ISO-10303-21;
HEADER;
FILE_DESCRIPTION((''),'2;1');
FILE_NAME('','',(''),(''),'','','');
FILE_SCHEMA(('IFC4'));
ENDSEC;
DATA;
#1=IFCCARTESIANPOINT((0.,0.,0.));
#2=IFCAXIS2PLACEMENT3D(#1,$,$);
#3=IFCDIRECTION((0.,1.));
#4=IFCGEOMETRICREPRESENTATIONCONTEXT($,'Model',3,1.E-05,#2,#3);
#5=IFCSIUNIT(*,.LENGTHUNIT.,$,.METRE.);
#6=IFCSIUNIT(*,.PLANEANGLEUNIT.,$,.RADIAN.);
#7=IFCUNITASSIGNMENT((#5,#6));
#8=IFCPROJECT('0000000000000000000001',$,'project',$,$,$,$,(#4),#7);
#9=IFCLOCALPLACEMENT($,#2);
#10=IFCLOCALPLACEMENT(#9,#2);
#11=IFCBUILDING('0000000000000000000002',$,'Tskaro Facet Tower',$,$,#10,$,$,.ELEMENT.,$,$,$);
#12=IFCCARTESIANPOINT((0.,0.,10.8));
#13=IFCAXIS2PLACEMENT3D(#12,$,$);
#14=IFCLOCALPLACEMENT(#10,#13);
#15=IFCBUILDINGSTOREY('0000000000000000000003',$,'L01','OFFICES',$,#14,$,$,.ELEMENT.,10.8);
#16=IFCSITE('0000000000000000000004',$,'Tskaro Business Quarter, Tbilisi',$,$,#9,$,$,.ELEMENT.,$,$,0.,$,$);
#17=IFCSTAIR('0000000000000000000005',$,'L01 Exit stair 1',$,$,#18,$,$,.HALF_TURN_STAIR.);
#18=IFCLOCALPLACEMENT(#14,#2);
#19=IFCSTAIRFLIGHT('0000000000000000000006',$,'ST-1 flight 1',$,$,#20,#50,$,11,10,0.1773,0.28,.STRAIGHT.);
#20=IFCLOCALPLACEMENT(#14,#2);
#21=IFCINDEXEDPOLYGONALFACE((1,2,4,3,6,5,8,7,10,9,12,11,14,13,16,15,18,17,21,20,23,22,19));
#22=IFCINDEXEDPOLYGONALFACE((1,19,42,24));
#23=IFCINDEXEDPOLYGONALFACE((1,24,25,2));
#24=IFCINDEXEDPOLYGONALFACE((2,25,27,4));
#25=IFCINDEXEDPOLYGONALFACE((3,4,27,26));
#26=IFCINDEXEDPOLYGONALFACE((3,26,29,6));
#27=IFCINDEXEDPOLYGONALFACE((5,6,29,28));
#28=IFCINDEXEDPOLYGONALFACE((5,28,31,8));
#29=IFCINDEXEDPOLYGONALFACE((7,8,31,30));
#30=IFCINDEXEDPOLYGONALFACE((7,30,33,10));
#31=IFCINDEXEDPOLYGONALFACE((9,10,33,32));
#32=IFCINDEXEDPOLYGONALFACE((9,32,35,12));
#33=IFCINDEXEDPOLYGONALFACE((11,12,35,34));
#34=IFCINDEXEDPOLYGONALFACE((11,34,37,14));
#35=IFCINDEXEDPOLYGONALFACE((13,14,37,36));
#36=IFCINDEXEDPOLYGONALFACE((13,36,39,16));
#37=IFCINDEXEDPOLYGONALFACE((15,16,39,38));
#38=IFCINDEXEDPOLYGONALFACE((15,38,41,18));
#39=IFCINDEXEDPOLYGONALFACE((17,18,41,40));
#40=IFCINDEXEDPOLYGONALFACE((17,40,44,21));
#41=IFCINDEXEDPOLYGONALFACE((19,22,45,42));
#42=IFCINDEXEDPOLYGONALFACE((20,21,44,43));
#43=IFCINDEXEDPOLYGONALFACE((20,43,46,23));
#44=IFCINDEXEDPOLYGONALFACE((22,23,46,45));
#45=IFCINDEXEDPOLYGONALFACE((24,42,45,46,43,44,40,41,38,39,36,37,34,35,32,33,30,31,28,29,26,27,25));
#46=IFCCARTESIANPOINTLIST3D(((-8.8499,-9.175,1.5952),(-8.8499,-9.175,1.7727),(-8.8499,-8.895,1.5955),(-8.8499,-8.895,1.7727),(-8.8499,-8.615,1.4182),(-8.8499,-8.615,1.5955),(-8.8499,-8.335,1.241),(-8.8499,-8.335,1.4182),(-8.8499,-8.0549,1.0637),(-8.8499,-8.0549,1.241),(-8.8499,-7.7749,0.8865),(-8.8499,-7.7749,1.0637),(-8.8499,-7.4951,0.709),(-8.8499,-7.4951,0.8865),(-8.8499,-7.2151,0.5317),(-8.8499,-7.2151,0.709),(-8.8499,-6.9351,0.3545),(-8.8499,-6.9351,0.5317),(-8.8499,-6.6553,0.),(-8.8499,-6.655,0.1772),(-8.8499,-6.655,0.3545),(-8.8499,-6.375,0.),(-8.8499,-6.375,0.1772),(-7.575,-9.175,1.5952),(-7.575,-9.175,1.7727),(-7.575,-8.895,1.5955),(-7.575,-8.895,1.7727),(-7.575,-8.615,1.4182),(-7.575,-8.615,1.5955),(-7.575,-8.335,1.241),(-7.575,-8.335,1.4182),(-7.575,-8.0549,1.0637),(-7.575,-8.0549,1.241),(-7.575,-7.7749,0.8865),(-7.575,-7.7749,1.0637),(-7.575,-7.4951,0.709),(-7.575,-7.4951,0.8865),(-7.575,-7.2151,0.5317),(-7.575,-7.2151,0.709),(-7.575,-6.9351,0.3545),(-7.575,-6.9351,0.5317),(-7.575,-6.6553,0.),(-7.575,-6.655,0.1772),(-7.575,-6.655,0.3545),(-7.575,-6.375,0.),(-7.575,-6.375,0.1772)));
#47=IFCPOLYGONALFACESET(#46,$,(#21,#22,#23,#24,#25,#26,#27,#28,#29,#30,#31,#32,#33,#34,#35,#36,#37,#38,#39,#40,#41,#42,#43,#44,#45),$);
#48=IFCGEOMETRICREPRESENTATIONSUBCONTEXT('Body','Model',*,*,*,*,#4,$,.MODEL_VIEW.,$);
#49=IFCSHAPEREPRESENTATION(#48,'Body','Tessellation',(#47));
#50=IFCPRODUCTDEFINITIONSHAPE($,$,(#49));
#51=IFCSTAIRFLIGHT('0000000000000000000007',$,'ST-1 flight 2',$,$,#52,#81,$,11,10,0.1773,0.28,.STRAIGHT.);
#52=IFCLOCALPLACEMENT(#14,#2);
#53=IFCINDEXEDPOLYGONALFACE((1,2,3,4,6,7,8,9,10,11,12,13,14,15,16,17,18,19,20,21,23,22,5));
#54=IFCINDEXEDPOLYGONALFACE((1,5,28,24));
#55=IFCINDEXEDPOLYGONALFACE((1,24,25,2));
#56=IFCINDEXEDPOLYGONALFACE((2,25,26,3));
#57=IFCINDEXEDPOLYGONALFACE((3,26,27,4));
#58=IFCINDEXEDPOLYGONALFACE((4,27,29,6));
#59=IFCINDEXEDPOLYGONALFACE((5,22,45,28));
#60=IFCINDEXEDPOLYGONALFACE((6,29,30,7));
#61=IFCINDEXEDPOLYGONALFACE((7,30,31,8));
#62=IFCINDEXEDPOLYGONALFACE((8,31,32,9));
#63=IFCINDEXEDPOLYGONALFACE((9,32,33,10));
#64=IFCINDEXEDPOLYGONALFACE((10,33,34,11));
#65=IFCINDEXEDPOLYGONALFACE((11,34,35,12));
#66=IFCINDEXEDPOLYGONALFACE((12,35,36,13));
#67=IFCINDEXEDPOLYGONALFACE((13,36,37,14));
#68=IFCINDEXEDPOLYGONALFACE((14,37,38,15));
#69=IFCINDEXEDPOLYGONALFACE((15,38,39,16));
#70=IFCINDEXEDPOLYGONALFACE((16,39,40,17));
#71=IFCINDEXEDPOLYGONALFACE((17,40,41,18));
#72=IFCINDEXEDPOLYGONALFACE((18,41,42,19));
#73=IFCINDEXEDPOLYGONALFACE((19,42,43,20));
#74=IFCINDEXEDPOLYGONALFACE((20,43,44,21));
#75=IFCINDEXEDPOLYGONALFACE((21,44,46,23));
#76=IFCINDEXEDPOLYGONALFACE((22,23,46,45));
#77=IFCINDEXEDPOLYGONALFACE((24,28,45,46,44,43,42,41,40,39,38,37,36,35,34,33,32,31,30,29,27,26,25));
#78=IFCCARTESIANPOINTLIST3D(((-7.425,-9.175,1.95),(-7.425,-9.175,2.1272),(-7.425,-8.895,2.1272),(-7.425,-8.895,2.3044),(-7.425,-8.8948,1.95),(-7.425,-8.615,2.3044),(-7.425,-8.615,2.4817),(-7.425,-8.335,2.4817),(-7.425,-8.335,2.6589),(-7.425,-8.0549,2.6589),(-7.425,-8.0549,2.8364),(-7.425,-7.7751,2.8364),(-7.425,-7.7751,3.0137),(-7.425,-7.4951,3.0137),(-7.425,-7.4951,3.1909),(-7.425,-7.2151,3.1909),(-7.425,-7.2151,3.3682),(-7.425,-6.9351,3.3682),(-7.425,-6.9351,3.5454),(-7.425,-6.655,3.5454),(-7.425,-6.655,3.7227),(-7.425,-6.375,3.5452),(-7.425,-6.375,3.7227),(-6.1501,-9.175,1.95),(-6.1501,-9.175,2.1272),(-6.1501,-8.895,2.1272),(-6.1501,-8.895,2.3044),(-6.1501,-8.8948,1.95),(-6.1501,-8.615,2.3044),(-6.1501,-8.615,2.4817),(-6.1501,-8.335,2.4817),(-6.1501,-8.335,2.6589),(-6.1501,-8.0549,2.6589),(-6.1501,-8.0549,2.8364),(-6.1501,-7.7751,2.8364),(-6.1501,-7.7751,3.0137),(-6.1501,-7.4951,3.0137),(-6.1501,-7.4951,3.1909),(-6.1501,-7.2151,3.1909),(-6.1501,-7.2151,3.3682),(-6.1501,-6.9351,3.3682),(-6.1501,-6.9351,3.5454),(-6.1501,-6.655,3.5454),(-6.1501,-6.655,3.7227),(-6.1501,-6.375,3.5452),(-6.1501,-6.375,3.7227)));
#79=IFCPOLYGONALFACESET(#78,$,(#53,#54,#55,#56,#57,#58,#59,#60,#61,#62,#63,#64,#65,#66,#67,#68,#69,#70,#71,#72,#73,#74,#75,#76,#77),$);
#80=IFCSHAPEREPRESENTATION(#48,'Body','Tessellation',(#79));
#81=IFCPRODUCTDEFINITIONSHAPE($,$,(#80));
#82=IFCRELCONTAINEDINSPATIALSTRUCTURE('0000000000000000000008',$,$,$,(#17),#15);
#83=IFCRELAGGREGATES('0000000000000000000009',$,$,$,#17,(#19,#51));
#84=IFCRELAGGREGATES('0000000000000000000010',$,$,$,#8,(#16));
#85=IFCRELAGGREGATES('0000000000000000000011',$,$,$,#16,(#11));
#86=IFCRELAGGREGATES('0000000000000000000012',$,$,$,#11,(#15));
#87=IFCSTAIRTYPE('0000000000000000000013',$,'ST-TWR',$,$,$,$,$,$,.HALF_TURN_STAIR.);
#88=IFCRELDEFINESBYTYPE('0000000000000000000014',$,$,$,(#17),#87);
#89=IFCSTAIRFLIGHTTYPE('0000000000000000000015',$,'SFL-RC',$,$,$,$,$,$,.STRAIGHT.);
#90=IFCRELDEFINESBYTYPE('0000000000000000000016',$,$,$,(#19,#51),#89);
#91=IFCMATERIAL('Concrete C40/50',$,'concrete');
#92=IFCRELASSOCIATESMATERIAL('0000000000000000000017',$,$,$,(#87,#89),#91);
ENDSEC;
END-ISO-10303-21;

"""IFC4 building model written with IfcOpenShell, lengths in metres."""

from ifc_helpers import new_model, si_unit, direction, frame, origin, place, context, subcontext, project, spatial, polyline, outline, extrude, material, type_object, element, aggregate, save


model = new_model("IFC4")

# Units and contexts
model_context = context("Model", 3, precision=1e-05, world=origin(), true_north=direction((0.0, 1.0)))
body_context = subcontext(model_context, "Body", "Model", "MODEL_VIEW")
ifc_project = project(units=[si_unit("LENGTHUNIT", "METRE"), si_unit("PLANEANGLEUNIT", "RADIAN")], contexts=[model_context])

# Site, building, storey
site_placement = place(None, origin())
site = spatial("IfcSite", under=ifc_project, at=site_placement, Name="Tskaro Business Quarter, Tbilisi", CompositionType="ELEMENT", RefElevation=0.0)
building_placement = place(site_placement, origin())
building = spatial("IfcBuilding", under=site, at=building_placement, Name="Tskaro Facet Tower", CompositionType="ELEMENT")
storey_placement = place(building_placement, frame((0.0, 0.0, 10.8)))
storey = spatial("IfcBuildingStorey", under=building, at=storey_placement, Name="L01", Description="OFFICES", CompositionType="ELEMENT", Elevation=10.8)

# Stair, stair flights
ifc_material_1 = material(Name="Concrete C40/50", Category="concrete")
stair_type = type_object("IfcStairType", Name="ST-TWR", PredefinedType="HALF_TURN_STAIR", material=ifc_material_1)
stair_placement = place(storey_placement, origin())
stair = element("IfcStair", 1, at=stair_placement, inside=storey, type_object=stair_type, Name="L01 Exit stair 1", PredefinedType="HALF_TURN_STAIR")
stair_flight_type = type_object("IfcStairFlightType", Name="SFL-RC", PredefinedType="STRAIGHT", material=ifc_material_1)
stair_flight_1_placement = place(storey_placement, frame((-8.2124, -6.375, 0.0), z_axis=(0.0, 0.0, 1.0), x_axis=(0.0, -1.0, 0.0)))
stair_flight_1 = element("IfcStairFlight", 2, at=stair_flight_1_placement, type_object=stair_flight_type, Name="ST-1 flight 1", NumberOfRisers=11, NumberOfTreads=10, PredefinedType="STRAIGHT", RiserHeight=0.1773, TreadLength=0.28, context=body_context, shape_type="SweptSolid", body=[
    extrude(outline(polyline([(0.0, 0.0), (0.0, 0.1772), (0.28, 0.1772), (0.28, 0.3545), (0.5601, 0.3545), (0.5601, 0.5317), (0.8401, 0.5317), (0.8401, 0.709), (1.1201, 0.709), (1.1201, 0.8865), (1.3999, 0.8865), (1.3999, 1.0637), (1.6799, 1.0637), (1.6799, 1.241), (1.96, 1.241), (1.96, 1.4182), (2.24, 1.4182), (2.24, 1.5955), (2.52, 1.5955), (2.52, 1.7727), (2.8, 1.7727), (2.8, 1.95), (2.8, 1.5952), (0.2803, 0.0), (0.0, 0.0)])), frame((0.0, 0.6375, 0.0), z_axis=(0.0, -1.0, 0.0), x_axis=(1.0, 0.0, 0.0)), (0.0, 0.0, 1.0), 1.2749),
])
stair_flight_2_placement = place(storey_placement, frame((-6.7876, -9.175, 1.95), z_axis=(0.0, 0.0, 1.0), x_axis=(0.0, 1.0, 0.0)))
stair_flight_2 = element("IfcStairFlight", 3, at=stair_flight_2_placement, type_object=stair_flight_type, Name="ST-1 flight 2", NumberOfRisers=11, NumberOfTreads=10, PredefinedType="STRAIGHT", RiserHeight=0.1773, TreadLength=0.28, context=body_context, shape_type="SweptSolid", body=[
    extrude(outline(polyline([(0.0, 0.0), (0.0, 0.1772), (0.28, 0.1772), (0.28, 0.3545), (0.5601, 0.3545), (0.5601, 0.5317), (0.8401, 0.5317), (0.8401, 0.709), (1.1201, 0.709), (1.1201, 0.8865), (1.3999, 0.8865), (1.3999, 1.0637), (1.6799, 1.0637), (1.6799, 1.241), (1.96, 1.241), (1.96, 1.4182), (2.24, 1.4182), (2.24, 1.5955), (2.52, 1.5955), (2.52, 1.7727), (2.8, 1.7727), (2.8, 1.95), (2.8, 1.5952), (0.2803, 0.0), (0.0, 0.0)])), frame((0.0, 0.6375, 0.0), z_axis=(0.0, -1.0, 0.0), x_axis=(1.0, 0.0, 0.0)), (0.0, 0.0, 1.0), 1.2749),
])
aggregate(stair, [stair_flight_1, stair_flight_2])

save(model, "model.ifc")
